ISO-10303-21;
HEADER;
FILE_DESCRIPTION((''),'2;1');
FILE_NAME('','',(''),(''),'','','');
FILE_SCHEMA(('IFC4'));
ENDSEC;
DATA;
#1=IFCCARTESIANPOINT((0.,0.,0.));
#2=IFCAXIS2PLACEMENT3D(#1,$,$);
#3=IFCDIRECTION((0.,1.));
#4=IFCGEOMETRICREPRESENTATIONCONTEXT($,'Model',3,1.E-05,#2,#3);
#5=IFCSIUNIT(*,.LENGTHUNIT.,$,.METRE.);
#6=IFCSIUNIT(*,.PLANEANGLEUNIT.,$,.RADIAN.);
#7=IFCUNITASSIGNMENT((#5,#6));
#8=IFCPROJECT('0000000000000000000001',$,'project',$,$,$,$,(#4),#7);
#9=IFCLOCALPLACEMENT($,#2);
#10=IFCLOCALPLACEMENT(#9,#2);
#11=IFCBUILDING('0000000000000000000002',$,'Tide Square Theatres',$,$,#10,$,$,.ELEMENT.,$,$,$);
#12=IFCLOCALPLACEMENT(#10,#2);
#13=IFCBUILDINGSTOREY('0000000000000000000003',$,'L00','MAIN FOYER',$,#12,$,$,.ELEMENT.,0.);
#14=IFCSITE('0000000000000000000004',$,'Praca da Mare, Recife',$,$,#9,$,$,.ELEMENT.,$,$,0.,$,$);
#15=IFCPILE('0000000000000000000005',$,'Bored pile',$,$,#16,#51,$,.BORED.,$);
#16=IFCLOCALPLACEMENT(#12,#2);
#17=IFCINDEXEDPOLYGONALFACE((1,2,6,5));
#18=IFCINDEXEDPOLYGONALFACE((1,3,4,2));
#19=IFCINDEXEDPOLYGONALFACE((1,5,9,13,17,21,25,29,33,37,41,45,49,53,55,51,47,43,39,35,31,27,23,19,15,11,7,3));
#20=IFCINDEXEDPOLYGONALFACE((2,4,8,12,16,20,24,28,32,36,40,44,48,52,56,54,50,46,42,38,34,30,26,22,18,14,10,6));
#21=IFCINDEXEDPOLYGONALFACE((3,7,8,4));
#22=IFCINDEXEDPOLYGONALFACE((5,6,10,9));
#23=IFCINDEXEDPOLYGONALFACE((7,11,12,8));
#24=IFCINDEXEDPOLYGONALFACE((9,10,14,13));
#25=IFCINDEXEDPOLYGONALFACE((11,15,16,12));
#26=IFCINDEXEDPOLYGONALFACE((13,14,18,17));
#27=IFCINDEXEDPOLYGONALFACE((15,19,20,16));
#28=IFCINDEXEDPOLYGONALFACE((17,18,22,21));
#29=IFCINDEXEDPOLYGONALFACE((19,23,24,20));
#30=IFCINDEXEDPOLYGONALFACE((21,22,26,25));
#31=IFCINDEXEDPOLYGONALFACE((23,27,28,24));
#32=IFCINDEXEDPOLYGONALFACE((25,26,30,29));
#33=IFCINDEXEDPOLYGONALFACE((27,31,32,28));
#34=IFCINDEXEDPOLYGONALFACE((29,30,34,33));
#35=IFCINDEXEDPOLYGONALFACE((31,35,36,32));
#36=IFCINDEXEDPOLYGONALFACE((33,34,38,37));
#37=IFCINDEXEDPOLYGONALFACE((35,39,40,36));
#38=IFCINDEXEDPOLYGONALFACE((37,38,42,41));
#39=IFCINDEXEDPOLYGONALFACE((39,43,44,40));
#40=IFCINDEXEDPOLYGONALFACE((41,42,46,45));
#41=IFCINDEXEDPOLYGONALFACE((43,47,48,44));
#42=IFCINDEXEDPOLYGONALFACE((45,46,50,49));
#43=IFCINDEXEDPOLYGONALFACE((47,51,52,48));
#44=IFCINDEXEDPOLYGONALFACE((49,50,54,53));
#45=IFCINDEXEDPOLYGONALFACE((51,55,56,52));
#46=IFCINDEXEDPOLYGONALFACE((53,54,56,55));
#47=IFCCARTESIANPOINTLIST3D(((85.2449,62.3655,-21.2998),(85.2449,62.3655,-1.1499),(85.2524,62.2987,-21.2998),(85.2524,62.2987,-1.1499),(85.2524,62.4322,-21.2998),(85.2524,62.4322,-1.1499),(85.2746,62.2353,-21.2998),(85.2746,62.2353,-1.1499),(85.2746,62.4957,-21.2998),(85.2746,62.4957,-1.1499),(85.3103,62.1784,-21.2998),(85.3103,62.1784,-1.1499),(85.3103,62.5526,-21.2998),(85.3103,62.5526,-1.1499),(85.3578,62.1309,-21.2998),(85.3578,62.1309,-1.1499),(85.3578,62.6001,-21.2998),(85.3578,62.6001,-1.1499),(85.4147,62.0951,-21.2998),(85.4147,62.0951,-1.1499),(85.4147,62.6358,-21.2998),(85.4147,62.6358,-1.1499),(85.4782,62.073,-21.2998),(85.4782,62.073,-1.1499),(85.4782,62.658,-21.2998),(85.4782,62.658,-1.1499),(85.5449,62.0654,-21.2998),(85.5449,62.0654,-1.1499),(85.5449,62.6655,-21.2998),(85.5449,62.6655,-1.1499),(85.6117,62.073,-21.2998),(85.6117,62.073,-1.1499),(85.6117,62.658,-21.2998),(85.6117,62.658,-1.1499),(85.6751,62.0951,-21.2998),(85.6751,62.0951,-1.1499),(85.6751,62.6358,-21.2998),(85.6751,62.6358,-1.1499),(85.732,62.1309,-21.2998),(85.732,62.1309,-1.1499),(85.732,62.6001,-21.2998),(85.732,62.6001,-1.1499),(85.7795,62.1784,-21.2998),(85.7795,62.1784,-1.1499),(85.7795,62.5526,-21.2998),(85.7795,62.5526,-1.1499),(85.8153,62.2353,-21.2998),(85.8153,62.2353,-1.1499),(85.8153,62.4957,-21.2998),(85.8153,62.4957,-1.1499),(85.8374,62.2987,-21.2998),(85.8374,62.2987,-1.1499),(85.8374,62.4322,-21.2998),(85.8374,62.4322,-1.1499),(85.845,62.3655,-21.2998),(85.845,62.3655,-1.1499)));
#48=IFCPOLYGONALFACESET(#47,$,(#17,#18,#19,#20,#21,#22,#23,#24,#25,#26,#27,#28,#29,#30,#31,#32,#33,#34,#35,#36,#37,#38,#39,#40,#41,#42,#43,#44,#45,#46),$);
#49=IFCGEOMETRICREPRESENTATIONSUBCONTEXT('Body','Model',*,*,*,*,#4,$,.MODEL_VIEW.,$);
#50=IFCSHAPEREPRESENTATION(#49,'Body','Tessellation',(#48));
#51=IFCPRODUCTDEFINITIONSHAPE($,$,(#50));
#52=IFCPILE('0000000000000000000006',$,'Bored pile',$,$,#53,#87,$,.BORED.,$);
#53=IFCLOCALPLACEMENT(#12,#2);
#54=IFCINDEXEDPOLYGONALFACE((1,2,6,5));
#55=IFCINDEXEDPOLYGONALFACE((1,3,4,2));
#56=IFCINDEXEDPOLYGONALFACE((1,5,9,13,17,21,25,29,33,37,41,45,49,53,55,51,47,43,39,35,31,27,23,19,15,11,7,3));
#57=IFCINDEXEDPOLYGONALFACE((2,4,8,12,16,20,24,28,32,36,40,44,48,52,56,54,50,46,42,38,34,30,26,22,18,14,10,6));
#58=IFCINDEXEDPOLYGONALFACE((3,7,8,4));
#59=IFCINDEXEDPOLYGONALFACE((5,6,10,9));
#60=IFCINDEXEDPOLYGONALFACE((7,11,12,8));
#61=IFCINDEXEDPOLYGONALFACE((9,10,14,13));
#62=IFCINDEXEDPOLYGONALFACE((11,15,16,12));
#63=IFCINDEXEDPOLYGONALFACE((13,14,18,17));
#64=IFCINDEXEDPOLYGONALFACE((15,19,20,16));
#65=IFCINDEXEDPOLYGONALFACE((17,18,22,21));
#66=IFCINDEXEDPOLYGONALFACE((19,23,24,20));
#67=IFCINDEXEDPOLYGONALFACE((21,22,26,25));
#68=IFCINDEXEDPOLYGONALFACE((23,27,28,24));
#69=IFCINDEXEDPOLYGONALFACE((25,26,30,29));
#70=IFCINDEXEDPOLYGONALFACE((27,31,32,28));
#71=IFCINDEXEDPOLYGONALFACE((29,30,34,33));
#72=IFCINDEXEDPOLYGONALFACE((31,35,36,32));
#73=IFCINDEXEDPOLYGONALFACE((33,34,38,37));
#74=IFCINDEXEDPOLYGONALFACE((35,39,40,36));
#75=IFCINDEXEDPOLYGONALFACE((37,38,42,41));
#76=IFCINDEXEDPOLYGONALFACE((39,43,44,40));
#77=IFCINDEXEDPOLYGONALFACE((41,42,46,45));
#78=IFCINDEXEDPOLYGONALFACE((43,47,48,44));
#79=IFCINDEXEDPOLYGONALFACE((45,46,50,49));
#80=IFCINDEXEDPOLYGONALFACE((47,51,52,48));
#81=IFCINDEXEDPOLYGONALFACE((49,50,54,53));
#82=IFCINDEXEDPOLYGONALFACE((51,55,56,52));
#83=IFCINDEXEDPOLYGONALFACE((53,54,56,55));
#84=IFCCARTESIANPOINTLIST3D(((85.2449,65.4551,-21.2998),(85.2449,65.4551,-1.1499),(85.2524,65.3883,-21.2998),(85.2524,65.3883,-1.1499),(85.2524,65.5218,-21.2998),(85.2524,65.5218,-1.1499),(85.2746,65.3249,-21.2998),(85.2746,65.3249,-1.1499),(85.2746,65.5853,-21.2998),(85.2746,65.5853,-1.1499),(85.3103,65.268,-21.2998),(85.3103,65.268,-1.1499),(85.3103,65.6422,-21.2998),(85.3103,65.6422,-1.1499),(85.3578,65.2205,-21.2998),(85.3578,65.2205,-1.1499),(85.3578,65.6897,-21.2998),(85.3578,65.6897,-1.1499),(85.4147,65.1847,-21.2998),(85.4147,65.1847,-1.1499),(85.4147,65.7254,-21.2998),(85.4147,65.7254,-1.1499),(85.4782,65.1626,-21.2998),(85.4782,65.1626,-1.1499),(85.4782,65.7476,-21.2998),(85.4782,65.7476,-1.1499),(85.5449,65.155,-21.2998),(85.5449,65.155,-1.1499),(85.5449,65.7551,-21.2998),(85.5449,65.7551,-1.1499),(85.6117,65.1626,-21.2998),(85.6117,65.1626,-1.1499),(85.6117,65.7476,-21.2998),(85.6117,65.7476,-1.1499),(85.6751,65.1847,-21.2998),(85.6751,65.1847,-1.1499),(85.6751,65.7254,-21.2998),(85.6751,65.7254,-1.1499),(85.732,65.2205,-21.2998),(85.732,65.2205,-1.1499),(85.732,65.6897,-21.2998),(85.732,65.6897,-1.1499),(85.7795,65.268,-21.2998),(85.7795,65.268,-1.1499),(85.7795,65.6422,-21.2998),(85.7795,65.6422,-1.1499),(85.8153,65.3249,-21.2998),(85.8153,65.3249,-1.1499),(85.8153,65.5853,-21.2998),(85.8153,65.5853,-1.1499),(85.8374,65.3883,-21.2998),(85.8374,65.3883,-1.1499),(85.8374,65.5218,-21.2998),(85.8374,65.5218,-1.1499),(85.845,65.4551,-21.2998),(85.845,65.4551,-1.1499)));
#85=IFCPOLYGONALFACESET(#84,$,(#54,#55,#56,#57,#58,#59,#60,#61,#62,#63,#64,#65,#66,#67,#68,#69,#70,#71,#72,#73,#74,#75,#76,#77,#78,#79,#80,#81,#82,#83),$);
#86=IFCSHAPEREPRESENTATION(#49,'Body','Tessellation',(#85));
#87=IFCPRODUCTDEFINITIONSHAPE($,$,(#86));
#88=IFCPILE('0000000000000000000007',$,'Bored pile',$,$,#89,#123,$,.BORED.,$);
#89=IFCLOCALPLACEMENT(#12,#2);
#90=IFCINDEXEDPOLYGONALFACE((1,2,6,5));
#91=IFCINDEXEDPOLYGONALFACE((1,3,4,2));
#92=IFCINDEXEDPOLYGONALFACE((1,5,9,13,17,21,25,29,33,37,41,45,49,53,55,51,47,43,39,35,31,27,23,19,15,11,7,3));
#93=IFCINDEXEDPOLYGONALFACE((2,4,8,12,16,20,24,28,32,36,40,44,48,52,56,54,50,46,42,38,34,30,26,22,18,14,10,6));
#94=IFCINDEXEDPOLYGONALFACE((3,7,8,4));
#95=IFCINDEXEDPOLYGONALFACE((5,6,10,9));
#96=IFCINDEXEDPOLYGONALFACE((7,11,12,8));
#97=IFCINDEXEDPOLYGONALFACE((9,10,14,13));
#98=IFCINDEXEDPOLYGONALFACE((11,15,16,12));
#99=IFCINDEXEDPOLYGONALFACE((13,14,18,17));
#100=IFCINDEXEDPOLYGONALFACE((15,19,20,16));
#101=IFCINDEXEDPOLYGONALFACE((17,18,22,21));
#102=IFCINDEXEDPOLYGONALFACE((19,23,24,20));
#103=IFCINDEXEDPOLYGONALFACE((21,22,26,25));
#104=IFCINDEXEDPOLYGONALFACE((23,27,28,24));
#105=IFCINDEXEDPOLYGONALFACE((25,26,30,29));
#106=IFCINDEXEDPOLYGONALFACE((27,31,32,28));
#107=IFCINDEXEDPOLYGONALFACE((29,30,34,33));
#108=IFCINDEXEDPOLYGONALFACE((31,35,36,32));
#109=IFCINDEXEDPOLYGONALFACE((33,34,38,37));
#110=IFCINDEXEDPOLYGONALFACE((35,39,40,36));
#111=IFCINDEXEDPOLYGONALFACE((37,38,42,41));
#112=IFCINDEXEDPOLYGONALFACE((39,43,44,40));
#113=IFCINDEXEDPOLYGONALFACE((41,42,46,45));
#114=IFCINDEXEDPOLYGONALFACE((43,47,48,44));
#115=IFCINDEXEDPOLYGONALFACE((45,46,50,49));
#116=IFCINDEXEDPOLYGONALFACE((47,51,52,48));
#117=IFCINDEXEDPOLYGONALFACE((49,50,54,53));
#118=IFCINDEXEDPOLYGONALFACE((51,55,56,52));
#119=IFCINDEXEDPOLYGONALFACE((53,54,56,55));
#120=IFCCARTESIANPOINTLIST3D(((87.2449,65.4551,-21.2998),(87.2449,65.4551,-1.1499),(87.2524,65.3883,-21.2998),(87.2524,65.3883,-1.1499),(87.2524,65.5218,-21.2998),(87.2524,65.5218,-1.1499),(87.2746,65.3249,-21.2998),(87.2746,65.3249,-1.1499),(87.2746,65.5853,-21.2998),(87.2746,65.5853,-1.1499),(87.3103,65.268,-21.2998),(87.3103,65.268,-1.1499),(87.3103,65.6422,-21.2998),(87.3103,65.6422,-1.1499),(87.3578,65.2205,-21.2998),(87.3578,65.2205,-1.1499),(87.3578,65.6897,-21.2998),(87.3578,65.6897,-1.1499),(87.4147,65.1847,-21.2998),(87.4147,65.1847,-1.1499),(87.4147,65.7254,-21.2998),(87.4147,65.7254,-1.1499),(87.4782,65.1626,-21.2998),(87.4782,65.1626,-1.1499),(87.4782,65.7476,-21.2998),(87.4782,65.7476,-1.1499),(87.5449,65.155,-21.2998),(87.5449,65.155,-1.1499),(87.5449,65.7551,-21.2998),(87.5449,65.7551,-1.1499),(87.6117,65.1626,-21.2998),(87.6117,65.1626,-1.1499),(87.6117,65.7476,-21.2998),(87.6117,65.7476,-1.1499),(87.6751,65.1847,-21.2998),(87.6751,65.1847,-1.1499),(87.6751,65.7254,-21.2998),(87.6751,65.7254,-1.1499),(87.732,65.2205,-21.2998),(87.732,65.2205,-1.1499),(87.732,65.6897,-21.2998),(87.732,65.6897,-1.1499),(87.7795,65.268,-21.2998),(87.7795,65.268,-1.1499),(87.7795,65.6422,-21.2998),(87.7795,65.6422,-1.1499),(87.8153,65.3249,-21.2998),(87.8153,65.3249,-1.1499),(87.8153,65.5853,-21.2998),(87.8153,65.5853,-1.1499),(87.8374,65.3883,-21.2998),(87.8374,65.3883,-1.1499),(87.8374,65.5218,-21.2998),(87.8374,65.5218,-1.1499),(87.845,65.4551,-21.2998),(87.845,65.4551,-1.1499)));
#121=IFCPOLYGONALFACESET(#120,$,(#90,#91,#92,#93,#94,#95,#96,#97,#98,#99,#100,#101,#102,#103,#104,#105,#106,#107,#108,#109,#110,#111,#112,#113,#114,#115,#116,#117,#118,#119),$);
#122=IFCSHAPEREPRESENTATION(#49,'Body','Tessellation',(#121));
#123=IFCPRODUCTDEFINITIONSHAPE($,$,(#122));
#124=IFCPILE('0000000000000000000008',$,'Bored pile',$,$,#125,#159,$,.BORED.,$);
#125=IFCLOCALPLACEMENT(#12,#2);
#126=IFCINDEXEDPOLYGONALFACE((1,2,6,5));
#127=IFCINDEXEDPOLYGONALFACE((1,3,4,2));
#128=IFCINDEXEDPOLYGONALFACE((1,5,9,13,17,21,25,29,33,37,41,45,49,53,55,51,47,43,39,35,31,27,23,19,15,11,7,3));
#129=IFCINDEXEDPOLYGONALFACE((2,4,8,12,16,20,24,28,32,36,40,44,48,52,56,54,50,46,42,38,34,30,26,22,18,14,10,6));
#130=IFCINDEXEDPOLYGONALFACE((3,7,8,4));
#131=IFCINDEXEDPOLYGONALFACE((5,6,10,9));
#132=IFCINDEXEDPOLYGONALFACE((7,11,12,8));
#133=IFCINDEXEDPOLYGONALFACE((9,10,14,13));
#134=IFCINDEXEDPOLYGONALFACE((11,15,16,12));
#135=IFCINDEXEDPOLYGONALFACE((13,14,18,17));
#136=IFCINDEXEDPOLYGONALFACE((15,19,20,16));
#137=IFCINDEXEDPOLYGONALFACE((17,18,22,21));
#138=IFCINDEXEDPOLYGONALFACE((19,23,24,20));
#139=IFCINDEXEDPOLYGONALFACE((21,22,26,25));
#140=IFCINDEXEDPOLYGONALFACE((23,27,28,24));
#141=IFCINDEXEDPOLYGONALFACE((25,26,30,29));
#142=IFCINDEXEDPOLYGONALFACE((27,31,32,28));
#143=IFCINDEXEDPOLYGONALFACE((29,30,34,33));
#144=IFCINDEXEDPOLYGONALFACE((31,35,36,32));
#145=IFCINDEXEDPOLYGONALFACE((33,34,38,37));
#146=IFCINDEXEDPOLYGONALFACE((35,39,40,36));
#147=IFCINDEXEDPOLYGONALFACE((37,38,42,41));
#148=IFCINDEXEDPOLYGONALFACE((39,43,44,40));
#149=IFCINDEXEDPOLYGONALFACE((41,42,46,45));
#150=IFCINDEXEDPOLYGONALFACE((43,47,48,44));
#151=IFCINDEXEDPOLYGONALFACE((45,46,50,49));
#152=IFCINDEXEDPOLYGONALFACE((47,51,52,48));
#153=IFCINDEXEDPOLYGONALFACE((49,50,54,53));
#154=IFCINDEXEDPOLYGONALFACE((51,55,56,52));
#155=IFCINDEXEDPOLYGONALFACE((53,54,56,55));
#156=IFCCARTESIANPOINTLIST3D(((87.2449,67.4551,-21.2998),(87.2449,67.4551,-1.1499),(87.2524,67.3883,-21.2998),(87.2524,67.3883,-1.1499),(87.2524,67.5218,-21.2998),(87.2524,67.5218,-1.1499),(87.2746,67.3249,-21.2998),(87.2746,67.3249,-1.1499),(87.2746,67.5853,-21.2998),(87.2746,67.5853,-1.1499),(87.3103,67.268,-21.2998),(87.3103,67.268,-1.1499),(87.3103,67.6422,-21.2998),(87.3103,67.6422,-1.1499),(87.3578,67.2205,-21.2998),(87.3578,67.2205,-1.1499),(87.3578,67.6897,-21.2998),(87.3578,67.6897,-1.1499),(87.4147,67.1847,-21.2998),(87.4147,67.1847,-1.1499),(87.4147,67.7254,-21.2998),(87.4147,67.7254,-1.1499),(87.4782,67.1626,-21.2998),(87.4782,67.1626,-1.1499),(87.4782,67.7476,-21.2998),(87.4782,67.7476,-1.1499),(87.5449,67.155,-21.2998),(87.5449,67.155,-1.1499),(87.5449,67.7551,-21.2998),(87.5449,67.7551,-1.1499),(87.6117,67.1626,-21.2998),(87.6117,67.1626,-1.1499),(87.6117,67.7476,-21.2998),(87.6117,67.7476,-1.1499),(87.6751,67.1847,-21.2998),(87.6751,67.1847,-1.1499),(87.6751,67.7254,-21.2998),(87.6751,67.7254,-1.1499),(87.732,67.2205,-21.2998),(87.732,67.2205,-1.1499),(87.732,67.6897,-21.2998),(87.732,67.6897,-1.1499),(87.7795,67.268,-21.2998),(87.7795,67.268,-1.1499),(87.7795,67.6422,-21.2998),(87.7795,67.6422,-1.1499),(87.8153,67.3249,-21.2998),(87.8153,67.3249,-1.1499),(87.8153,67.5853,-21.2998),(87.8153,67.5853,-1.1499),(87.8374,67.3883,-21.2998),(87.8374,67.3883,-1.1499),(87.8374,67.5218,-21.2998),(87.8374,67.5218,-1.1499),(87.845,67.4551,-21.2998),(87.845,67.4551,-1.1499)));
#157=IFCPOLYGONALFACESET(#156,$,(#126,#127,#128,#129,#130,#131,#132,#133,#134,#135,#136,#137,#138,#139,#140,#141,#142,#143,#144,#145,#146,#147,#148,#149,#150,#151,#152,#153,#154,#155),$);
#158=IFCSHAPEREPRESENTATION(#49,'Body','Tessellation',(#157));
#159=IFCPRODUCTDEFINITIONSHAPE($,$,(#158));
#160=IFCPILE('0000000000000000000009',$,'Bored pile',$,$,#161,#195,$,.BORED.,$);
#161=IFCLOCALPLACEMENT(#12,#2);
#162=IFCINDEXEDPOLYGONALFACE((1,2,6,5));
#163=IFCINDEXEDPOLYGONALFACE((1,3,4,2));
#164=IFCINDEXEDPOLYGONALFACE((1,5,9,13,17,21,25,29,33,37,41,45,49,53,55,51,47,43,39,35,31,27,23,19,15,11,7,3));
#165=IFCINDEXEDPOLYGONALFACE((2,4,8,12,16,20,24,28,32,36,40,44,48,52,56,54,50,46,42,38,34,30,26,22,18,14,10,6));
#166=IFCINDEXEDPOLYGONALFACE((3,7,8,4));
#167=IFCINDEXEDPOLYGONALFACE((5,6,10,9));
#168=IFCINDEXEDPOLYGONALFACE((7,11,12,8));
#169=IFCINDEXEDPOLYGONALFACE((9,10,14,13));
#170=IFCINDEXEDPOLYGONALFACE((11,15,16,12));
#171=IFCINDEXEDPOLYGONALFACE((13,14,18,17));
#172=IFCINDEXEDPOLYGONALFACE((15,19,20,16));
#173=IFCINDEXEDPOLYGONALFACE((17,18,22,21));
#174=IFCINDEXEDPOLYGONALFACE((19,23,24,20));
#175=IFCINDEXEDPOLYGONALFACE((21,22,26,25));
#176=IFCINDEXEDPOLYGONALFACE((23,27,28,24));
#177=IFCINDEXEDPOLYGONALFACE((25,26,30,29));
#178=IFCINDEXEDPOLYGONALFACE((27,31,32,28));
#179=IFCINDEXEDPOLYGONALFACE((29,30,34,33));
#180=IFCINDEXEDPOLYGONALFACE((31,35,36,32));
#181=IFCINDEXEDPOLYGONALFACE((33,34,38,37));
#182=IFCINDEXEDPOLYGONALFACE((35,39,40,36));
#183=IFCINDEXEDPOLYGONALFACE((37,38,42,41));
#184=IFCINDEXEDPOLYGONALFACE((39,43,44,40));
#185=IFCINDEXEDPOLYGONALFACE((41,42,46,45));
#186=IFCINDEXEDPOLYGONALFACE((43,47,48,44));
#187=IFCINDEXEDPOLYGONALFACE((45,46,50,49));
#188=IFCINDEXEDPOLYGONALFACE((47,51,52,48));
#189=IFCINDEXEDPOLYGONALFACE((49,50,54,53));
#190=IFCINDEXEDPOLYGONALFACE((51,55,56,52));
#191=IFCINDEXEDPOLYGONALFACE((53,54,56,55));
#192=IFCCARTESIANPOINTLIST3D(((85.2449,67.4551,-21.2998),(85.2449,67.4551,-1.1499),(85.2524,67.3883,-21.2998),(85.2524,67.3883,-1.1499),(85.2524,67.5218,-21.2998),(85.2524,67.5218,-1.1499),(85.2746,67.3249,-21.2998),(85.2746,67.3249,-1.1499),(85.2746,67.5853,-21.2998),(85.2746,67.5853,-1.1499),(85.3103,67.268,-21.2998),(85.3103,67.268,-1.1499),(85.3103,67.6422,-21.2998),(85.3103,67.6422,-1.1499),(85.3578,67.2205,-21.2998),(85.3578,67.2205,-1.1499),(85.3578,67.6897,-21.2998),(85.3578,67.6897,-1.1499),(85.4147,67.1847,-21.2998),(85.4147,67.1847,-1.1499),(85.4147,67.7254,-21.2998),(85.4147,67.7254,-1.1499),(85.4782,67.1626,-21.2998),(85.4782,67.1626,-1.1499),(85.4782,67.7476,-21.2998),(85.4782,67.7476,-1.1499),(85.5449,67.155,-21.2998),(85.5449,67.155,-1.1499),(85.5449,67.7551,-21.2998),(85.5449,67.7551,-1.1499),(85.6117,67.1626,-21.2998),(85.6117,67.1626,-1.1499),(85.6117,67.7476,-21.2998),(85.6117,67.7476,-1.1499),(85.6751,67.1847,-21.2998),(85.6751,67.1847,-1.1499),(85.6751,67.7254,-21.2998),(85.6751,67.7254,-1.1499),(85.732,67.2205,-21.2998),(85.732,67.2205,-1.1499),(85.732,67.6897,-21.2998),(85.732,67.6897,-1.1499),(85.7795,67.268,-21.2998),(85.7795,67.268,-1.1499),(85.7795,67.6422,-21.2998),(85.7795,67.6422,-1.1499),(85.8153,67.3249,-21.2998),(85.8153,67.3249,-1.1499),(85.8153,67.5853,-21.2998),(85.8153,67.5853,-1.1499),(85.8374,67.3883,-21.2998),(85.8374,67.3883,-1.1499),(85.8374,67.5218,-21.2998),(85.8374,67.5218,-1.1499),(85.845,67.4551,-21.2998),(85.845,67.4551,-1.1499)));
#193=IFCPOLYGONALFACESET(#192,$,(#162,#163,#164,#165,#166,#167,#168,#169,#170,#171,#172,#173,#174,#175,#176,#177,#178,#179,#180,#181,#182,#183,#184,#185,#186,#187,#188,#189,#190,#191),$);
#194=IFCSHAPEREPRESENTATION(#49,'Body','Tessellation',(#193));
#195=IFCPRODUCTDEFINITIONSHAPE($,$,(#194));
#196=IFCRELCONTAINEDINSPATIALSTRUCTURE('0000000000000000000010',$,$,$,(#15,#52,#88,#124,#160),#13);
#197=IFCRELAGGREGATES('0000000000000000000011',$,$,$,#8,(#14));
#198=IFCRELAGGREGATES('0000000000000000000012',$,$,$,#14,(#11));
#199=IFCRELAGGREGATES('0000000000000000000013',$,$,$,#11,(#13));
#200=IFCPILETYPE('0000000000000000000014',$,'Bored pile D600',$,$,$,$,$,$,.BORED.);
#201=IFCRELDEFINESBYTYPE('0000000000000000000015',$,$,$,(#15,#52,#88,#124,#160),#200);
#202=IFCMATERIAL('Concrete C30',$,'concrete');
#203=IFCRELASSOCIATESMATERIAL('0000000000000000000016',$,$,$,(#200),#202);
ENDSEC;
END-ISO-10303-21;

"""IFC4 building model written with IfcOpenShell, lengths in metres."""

from ifc_helpers import new_model, si_unit, direction, frame, origin, origin_2d, place, context, subcontext, project, spatial, circle, extrude, material, material_profile, profile_set, type_object, element, save


model = new_model("IFC4")

# Units and contexts
model_context = context("Model", 3, precision=1e-05, world=origin(), true_north=direction((0.0, 1.0)))
body_context = subcontext(model_context, "Body", "Model", "MODEL_VIEW")
ifc_project = project(units=[si_unit("LENGTHUNIT", "METRE"), si_unit("PLANEANGLEUNIT", "RADIAN")], contexts=[model_context])

# Site, building, storey
site_placement = place(None, origin())
site = spatial("IfcSite", under=ifc_project, at=site_placement, Name="Praca da Mare, Recife", CompositionType="ELEMENT", RefElevation=0.0)
building_placement = place(site_placement, origin())
building = spatial("IfcBuilding", under=site, at=building_placement, Name="Tide Square Theatres", CompositionType="ELEMENT")
storey_placement = place(building_placement, origin())
storey = spatial("IfcBuildingStorey", under=building, at=storey_placement, Name="L00", Description="MAIN FOYER", CompositionType="ELEMENT", Elevation=0.0)

# Piles
ifc_material_1 = material(Name="Concrete C30", Category="concrete")
ifc_material_profile_1 = material_profile(ifc_material_1, circle(Radius=0.3, at=origin_2d()))
ifc_profile_set_1 = profile_set([ifc_material_profile_1], Name="Concrete C30")
pile_type = type_object("IfcPileType", Name="Bored pile D600", PredefinedType="BORED", material=ifc_profile_set_1)
for number, where, z_axis, x_axis, name in (
    (1, (85.5449, 62.3655, -1.1499), (0.0, 0.0, -1.0), (1.0, 0.0, 0.0), "Bored pile"),
    (2, (85.5449, 65.4551, -1.1499), (0.0, 0.0, -1.0), (1.0, 0.0, 0.0), "Bored pile"),
    (3, (87.5449, 65.4551, -1.1499), (0.0, 0.0, -1.0), (1.0, 0.0, 0.0), "Bored pile"),
    (4, (87.5449, 67.4551, -1.1499), (0.0, 0.0, -1.0), (1.0, 0.0, 0.0), "Bored pile"),
    (5, (85.5449, 67.4551, -1.1499), (0.0, 0.0, -1.0), (1.0, 0.0, 0.0), "Bored pile"),
):
    element("IfcPile", number, at=place(storey_placement, frame(where, z_axis=z_axis, x_axis=x_axis)), inside=storey, type_object=pile_type, Name=name, PredefinedType="BORED", context=body_context, shape_type="SweptSolid", body=[
        extrude(circle(Radius=0.3, at=origin_2d()), origin(), (0.0, 0.0, 1.0), 20.1499),
    ])

save(model, "model.ifc")
